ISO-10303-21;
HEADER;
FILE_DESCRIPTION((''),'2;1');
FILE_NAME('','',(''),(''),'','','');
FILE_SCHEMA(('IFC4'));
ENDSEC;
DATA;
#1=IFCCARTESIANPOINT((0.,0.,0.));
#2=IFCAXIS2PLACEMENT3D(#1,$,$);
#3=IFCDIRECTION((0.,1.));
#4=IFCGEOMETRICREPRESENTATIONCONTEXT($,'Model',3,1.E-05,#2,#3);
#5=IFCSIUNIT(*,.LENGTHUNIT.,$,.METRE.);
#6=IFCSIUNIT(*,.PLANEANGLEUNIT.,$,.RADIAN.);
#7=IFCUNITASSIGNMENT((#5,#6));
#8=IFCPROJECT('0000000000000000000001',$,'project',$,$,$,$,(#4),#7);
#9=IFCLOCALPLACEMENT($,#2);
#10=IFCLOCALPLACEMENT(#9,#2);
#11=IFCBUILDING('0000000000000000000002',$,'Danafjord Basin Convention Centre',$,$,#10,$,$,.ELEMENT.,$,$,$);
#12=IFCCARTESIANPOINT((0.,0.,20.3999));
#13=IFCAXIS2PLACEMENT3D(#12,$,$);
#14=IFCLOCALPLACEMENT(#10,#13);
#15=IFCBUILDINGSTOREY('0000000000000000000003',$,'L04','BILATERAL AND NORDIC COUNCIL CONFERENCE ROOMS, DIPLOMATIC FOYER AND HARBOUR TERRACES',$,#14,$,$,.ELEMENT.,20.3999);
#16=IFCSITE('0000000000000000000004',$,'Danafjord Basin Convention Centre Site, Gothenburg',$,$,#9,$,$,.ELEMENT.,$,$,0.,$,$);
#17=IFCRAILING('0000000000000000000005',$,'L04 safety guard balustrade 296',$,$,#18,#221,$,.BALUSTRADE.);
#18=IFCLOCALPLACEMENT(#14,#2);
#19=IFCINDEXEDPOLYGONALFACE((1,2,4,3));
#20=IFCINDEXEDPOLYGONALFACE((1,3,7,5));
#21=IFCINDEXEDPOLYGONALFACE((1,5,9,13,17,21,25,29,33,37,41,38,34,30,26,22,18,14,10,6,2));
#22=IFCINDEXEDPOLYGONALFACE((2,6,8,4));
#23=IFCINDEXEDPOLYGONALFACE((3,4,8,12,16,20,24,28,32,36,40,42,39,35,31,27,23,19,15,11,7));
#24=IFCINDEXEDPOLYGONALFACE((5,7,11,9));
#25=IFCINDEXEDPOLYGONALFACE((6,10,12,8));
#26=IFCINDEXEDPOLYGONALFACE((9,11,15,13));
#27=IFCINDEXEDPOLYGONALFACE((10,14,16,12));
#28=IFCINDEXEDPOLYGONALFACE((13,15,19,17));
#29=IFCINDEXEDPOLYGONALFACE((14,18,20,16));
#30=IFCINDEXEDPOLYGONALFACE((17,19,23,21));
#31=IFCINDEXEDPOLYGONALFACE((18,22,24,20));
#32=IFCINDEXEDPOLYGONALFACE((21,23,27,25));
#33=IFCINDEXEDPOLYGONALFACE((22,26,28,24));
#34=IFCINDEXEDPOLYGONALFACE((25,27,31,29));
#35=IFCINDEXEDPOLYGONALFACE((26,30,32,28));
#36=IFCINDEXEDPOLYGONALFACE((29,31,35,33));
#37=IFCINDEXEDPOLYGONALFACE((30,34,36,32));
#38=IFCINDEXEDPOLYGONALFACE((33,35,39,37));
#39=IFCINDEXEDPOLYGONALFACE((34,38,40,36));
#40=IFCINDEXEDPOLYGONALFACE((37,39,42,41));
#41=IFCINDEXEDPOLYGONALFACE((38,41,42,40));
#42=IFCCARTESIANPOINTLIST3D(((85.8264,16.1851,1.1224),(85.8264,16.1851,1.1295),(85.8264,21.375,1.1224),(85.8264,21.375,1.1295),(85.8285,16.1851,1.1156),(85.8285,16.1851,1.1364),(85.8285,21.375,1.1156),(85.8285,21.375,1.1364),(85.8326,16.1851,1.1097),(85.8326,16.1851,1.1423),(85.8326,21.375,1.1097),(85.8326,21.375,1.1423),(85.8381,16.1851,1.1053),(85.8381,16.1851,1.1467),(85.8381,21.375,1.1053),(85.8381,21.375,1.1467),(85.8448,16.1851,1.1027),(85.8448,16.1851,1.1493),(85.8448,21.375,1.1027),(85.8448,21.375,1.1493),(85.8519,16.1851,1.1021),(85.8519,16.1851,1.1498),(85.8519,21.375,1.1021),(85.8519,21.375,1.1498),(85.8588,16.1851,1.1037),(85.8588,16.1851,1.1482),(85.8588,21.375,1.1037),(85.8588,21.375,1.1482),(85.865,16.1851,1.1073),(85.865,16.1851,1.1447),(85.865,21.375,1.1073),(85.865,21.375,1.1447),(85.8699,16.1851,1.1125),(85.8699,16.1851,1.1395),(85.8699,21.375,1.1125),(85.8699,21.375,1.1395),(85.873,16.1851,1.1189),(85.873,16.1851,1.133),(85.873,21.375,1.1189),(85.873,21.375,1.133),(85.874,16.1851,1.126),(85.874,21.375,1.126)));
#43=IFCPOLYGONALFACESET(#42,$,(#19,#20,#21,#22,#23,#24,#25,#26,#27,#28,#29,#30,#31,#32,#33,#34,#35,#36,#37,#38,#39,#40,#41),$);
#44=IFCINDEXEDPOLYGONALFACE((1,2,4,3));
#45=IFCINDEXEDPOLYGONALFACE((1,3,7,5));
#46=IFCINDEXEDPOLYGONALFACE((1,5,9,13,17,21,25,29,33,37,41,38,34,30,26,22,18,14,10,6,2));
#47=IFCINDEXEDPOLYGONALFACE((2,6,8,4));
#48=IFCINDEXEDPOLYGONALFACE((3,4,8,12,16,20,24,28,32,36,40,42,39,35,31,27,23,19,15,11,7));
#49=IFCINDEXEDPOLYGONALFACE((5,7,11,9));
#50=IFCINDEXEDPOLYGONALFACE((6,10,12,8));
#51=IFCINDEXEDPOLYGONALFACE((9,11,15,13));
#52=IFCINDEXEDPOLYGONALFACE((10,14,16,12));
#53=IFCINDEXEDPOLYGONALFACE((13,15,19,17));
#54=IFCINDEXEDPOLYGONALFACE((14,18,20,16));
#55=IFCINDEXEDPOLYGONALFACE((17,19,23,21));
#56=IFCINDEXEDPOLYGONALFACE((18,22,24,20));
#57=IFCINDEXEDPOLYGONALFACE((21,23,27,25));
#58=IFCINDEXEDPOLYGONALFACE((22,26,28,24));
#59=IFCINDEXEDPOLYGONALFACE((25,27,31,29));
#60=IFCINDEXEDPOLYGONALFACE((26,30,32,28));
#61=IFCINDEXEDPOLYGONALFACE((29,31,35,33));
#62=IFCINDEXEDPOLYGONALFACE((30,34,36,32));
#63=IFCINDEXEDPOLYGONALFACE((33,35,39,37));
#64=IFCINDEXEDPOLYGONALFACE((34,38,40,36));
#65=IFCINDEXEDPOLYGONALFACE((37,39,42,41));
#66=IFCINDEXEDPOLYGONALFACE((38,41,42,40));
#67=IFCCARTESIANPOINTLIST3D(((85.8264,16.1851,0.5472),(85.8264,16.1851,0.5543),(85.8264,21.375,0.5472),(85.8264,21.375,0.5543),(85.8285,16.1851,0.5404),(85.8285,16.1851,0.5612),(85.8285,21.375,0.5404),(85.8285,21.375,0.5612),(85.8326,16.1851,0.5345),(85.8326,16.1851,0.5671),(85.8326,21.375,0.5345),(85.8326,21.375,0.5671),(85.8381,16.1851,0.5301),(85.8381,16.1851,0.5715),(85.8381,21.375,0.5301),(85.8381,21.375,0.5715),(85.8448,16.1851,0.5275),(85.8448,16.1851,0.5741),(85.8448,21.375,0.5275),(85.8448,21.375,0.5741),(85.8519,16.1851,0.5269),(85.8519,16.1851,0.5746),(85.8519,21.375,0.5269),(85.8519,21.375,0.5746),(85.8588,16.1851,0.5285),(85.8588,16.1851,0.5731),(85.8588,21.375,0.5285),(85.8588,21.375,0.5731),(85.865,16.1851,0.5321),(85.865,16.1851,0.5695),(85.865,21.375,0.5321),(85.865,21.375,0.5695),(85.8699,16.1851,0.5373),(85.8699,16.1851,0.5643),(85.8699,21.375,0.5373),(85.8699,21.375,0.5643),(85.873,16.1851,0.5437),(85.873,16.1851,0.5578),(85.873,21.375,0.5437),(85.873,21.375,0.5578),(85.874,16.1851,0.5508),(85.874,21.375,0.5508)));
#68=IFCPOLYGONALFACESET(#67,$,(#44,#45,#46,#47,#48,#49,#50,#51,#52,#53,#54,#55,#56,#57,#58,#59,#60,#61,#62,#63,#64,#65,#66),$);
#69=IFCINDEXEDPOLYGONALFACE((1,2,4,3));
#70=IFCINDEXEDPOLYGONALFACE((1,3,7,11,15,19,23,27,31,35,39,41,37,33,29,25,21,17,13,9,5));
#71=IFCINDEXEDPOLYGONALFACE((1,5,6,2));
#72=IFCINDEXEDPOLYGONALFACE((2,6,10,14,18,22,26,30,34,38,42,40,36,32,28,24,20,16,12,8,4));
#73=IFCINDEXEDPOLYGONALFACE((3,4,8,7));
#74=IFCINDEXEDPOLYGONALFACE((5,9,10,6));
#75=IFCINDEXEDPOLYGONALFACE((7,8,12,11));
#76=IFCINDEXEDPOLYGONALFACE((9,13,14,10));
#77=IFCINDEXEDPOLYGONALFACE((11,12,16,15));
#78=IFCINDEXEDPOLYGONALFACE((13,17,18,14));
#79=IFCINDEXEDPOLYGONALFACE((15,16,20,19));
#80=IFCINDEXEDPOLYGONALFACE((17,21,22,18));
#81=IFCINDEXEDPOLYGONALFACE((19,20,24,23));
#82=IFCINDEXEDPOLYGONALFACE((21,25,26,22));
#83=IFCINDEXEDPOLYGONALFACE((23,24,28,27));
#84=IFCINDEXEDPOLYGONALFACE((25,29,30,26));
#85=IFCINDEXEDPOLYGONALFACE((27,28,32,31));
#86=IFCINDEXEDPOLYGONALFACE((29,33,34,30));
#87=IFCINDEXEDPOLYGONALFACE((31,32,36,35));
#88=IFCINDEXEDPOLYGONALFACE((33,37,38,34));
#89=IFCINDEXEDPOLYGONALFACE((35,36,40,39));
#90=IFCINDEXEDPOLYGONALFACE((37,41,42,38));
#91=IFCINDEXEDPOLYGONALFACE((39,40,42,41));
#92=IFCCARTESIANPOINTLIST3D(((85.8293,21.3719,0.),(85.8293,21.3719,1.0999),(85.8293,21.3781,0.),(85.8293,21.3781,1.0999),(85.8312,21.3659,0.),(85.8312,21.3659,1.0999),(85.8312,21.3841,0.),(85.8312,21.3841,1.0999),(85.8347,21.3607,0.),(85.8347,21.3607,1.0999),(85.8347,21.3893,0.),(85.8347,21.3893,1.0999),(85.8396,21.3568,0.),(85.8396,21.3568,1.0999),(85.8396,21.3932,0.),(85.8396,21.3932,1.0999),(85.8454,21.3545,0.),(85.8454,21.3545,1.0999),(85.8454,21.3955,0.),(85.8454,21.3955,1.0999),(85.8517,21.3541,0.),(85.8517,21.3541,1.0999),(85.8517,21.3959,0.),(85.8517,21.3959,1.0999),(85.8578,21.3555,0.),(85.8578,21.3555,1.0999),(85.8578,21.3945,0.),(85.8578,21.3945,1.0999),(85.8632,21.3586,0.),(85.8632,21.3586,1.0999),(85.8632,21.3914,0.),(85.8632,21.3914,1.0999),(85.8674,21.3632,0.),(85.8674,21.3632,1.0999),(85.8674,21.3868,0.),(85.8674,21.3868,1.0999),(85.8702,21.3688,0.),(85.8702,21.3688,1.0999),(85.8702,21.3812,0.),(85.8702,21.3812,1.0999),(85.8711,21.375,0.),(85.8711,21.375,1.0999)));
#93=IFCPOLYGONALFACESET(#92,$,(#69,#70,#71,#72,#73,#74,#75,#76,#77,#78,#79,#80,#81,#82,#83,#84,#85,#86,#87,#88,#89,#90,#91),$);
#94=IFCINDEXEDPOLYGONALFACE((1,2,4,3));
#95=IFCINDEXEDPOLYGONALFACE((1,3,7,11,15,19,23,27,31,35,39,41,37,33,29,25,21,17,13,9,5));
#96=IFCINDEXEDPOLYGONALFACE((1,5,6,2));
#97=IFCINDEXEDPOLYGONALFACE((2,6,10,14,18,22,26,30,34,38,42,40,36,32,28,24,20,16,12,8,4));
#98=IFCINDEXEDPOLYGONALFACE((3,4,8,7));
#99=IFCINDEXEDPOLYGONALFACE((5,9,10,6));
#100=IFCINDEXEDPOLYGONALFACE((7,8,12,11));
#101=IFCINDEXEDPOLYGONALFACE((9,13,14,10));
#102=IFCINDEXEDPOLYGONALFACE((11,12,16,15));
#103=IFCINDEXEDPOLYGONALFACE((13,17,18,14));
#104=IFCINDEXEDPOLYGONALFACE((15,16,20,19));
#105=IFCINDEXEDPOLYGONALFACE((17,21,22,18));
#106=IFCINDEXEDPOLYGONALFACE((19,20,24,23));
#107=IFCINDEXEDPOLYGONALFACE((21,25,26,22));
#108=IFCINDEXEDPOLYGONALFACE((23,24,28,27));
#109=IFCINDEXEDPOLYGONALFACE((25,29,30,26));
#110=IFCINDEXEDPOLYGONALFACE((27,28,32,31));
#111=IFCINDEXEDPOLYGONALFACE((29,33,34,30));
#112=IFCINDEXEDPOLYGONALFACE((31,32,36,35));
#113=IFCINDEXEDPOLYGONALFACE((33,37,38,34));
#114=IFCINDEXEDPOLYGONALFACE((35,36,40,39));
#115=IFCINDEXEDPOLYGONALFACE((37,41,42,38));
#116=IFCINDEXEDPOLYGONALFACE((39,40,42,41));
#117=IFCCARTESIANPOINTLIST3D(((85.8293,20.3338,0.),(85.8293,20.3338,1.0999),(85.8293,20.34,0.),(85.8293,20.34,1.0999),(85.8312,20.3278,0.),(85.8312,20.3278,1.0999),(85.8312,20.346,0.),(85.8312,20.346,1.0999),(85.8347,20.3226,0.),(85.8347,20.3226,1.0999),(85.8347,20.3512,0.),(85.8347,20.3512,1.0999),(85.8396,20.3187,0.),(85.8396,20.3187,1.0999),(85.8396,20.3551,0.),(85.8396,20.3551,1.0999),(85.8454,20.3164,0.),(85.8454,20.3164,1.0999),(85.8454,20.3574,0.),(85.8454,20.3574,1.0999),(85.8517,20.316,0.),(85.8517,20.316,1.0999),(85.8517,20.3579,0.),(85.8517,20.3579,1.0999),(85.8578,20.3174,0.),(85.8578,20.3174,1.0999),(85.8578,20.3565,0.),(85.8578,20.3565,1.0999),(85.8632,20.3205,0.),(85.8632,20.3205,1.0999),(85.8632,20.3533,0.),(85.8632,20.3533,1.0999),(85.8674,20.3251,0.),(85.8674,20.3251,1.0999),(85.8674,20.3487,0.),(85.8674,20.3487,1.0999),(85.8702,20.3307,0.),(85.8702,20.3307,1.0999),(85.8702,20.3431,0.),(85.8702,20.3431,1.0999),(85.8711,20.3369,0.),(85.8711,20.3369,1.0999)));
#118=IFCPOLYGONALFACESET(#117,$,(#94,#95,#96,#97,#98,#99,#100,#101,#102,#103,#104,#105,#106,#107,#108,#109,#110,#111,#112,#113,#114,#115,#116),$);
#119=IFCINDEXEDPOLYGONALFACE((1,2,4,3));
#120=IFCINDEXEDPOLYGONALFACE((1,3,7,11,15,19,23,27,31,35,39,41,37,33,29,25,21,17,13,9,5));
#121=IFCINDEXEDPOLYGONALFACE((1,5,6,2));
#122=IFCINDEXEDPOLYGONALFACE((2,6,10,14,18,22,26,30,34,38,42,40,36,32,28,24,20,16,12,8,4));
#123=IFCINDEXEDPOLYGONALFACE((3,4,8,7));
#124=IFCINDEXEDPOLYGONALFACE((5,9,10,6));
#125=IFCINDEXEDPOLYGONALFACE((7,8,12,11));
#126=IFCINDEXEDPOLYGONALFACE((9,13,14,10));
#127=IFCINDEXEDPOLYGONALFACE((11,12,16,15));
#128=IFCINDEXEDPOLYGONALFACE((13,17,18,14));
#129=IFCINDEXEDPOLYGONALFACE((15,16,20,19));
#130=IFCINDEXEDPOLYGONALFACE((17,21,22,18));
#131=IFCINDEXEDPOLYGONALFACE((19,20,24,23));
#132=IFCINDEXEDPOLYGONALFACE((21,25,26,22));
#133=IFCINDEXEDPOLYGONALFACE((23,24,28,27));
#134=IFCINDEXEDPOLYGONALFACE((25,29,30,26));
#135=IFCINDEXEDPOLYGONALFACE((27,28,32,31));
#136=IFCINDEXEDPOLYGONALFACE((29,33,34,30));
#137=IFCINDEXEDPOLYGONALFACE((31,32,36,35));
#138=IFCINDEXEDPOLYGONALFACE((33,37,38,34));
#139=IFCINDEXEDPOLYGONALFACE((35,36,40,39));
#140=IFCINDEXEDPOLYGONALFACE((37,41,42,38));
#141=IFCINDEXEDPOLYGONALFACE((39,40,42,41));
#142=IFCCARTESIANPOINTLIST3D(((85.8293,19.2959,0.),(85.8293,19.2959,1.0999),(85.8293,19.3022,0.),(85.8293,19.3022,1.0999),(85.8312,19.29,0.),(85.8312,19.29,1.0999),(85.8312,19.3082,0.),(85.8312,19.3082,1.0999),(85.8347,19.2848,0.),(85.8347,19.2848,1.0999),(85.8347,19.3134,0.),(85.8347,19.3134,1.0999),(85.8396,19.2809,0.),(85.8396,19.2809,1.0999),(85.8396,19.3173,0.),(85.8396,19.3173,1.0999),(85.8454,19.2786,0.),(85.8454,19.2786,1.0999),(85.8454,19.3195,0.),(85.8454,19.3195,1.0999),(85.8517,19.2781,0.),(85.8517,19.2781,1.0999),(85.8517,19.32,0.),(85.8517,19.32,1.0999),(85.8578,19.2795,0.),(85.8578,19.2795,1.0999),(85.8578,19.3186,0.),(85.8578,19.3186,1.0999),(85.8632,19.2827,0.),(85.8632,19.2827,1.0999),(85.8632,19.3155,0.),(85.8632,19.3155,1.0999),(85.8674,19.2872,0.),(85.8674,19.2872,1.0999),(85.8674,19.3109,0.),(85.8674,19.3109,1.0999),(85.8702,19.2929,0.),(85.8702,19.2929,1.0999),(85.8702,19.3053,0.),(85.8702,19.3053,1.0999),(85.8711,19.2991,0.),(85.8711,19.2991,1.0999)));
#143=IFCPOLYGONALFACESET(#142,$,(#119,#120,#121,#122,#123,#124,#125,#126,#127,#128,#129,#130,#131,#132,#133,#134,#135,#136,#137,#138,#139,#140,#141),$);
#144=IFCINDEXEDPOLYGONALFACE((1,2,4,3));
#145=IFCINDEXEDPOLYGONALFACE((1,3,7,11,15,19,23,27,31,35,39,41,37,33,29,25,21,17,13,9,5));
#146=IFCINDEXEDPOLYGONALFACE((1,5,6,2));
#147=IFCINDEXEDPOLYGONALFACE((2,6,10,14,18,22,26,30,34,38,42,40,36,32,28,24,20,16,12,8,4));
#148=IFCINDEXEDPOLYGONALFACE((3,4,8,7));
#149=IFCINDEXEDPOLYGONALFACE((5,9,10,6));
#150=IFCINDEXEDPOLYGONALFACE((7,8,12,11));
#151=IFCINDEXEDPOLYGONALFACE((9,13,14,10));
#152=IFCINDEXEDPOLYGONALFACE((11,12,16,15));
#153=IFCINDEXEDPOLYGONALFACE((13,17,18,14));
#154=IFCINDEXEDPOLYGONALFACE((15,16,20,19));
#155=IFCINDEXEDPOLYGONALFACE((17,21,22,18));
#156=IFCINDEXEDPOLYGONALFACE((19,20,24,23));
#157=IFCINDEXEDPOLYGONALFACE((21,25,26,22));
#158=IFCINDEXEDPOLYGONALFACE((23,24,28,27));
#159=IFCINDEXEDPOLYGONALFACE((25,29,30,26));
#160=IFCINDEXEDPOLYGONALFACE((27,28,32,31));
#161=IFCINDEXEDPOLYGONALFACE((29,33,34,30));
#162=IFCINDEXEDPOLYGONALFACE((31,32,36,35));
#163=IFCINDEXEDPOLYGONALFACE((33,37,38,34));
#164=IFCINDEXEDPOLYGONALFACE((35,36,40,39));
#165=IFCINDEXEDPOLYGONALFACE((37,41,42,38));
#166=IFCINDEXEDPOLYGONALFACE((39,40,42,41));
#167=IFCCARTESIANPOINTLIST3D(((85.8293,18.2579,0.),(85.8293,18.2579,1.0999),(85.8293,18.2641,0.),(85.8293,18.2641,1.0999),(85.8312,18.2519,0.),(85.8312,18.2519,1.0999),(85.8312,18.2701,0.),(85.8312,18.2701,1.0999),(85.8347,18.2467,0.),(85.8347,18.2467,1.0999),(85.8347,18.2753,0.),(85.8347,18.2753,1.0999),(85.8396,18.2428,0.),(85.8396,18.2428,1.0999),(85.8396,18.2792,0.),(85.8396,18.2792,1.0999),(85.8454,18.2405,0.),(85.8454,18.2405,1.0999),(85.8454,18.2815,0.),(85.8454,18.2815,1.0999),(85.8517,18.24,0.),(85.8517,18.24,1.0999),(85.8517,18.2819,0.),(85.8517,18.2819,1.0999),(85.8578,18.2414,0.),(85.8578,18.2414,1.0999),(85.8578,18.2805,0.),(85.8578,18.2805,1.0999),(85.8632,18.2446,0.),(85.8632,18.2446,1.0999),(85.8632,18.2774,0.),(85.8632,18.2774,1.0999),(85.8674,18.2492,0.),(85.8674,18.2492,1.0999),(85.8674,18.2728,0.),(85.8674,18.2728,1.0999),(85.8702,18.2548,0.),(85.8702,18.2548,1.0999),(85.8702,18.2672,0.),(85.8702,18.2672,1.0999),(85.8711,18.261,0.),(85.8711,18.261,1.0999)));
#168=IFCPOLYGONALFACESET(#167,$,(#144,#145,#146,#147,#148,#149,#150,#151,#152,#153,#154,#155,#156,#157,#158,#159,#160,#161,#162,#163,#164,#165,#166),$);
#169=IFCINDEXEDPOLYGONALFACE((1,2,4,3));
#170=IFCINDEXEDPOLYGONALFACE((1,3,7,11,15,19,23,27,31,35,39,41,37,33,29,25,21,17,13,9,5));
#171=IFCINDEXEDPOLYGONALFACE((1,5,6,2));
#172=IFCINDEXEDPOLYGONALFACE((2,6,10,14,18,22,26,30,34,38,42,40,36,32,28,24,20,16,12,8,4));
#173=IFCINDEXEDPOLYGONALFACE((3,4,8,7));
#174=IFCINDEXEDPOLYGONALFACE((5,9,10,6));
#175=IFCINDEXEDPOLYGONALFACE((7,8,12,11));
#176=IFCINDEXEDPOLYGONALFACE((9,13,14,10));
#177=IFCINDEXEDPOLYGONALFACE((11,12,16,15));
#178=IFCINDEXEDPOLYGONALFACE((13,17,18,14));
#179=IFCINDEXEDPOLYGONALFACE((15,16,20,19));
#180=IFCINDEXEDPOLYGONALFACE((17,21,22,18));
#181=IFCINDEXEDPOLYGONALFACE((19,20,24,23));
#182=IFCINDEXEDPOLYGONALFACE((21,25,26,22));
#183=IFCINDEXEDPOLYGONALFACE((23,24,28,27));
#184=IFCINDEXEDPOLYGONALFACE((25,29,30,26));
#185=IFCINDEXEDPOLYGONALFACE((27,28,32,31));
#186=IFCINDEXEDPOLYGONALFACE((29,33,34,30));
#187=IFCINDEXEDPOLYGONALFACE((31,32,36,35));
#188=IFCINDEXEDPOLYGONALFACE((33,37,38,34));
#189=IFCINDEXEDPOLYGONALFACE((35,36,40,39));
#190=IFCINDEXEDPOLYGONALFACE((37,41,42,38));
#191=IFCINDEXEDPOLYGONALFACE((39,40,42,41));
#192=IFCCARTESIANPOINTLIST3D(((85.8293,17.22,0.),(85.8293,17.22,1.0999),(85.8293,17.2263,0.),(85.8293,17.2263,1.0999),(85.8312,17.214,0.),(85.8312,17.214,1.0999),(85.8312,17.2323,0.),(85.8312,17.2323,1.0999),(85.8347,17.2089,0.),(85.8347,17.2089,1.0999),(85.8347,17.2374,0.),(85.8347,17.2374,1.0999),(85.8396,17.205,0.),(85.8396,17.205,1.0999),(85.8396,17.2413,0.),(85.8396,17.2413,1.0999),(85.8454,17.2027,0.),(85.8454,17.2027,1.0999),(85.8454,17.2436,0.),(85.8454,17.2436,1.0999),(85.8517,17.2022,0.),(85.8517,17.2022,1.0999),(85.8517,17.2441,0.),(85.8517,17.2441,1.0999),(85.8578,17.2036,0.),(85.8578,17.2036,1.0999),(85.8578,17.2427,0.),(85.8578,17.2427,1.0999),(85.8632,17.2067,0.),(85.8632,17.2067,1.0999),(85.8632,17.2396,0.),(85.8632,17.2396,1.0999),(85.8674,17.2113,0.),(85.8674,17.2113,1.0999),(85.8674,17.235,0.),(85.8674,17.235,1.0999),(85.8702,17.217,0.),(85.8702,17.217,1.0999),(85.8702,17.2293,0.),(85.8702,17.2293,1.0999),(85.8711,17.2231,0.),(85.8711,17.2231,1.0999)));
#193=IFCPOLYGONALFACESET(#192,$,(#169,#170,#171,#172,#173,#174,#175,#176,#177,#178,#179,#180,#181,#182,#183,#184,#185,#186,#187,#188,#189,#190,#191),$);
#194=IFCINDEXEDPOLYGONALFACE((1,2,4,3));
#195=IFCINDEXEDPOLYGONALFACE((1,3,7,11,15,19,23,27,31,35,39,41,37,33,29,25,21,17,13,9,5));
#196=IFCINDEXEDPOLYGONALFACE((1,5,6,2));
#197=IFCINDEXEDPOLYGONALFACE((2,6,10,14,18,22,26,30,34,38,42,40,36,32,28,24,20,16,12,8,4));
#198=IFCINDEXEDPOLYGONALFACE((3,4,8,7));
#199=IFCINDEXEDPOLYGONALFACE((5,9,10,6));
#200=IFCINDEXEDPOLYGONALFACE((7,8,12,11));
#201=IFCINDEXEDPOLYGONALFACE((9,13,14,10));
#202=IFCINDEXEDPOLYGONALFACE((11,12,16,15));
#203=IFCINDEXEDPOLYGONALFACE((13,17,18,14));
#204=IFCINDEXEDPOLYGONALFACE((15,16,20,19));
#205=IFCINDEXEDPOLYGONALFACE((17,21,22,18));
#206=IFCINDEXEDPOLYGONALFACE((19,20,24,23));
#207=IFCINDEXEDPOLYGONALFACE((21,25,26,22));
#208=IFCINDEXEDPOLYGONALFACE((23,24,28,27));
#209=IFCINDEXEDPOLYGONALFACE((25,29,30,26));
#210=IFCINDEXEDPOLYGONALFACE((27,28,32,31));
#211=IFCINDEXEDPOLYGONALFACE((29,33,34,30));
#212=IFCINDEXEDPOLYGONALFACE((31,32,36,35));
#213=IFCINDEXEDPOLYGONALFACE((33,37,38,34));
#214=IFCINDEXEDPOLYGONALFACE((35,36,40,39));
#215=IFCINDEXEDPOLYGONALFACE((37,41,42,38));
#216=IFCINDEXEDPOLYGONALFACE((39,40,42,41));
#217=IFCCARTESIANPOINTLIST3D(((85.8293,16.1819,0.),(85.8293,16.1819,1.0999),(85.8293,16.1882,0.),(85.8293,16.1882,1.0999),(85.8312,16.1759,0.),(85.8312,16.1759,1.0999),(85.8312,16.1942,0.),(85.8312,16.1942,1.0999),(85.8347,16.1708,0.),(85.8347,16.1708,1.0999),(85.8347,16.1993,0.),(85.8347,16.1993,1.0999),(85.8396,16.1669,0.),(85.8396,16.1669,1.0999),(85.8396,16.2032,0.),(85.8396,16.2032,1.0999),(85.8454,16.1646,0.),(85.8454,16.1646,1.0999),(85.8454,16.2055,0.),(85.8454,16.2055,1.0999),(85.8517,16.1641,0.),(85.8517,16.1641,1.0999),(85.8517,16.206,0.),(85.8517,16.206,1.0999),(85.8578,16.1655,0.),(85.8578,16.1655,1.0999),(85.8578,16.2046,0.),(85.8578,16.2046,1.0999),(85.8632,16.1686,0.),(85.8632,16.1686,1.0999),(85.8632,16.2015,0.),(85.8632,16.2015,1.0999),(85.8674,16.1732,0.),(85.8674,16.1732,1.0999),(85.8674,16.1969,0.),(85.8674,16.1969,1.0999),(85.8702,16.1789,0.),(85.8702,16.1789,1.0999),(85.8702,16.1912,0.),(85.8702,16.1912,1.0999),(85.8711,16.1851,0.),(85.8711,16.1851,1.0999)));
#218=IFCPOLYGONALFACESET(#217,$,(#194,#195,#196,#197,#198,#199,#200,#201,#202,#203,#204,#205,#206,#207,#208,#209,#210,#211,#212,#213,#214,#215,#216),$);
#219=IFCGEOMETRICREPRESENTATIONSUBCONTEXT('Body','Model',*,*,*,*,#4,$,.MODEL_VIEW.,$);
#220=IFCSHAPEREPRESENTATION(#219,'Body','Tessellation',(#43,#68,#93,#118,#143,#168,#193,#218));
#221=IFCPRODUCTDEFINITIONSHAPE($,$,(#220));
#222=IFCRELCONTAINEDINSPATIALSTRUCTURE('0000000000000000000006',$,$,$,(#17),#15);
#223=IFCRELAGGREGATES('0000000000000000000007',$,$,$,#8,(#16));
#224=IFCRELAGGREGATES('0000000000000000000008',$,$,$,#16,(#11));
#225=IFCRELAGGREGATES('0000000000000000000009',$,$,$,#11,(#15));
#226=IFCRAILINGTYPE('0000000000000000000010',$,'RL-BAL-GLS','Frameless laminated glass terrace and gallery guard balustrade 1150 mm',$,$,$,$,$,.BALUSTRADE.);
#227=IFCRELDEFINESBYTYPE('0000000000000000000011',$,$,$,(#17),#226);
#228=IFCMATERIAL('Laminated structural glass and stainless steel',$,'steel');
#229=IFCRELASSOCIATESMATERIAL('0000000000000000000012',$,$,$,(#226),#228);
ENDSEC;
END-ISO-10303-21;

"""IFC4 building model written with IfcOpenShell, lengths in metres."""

from ifc_helpers import new_model, si_unit, direction, frame, origin, origin_2d, place, context, subcontext, project, spatial, circle, extrude, material, type_object, element, save


model = new_model("IFC4")

# Units and contexts
model_context = context("Model", 3, precision=1e-05, world=origin(), true_north=direction((0.0, 1.0)))
body_context = subcontext(model_context, "Body", "Model", "MODEL_VIEW")
ifc_project = project(units=[si_unit("LENGTHUNIT", "METRE"), si_unit("PLANEANGLEUNIT", "RADIAN")], contexts=[model_context])

# Site, building, storey
site_placement = place(None, origin())
site = spatial("IfcSite", under=ifc_project, at=site_placement, Name="Danafjord Basin Convention Centre Site, Gothenburg", CompositionType="ELEMENT", RefElevation=0.0)
building_placement = place(site_placement, origin())
building = spatial("IfcBuilding", under=site, at=building_placement, Name="Danafjord Basin Convention Centre", CompositionType="ELEMENT")
storey_placement = place(building_placement, frame((0.0, 0.0, 20.3999)))
storey = spatial("IfcBuildingStorey", under=building, at=storey_placement, Name="L04", Description="BILATERAL AND NORDIC COUNCIL CONFERENCE ROOMS, DIPLOMATIC FOYER AND HARBOUR TERRACES", CompositionType="ELEMENT", Elevation=20.3999)

# Railing
ifc_material_1 = material(Name="Laminated structural glass and stainless steel", Category="steel")
railing_type_1 = type_object("IfcRailingType", Name="RL-BAL-GLS", Description="Frameless laminated glass terrace and gallery guard balustrade 1150 mm", PredefinedType="BALUSTRADE", material=ifc_material_1)
railing_1_placement = place(storey_placement, frame((85.8501, 21.375, 0.0)))
element("IfcRailing", 1, at=railing_1_placement, inside=storey, type_object=railing_type_1, Name="L04 safety guard balustrade 296", PredefinedType="BALUSTRADE", context=body_context, shape_type="SweptSolid", body=[
    extrude(circle(Radius=0.0239, at=origin_2d()), frame((0.0, 0.0, 1.126), z_axis=(0.0, -1.0, 0.0), x_axis=(1.0, 0.0, 0.0)), (0.0, 0.0, 1.0), 5.1899),
    extrude(circle(Radius=0.0239, at=origin_2d()), frame((0.0, 0.0, 0.5508), z_axis=(0.0, -1.0, 0.0), x_axis=(1.0, 0.0, 0.0)), (0.0, 0.0, 1.0), 5.1899),
    extrude(circle(Radius=0.021, at=origin_2d()), origin(), (0.0, 0.0, 1.0), 1.0999),
    extrude(circle(Radius=0.021, at=origin_2d()), frame((0.0, -1.0381, 0.0)), (0.0, 0.0, 1.0), 1.0999),
    extrude(circle(Radius=0.021, at=origin_2d()), frame((0.0, -2.0759, 0.0)), (0.0, 0.0, 1.0), 1.0999),
    extrude(circle(Radius=0.021, at=origin_2d()), frame((0.0, -3.114, 0.0)), (0.0, 0.0, 1.0), 1.0999),
    extrude(circle(Radius=0.021, at=origin_2d()), frame((0.0, -4.1519, 0.0)), (0.0, 0.0, 1.0), 1.0999),
    extrude(circle(Radius=0.021, at=origin_2d()), frame((0.0, -5.1899, 0.0)), (0.0, 0.0, 1.0), 1.0999),
])

save(model, "model.ifc")
